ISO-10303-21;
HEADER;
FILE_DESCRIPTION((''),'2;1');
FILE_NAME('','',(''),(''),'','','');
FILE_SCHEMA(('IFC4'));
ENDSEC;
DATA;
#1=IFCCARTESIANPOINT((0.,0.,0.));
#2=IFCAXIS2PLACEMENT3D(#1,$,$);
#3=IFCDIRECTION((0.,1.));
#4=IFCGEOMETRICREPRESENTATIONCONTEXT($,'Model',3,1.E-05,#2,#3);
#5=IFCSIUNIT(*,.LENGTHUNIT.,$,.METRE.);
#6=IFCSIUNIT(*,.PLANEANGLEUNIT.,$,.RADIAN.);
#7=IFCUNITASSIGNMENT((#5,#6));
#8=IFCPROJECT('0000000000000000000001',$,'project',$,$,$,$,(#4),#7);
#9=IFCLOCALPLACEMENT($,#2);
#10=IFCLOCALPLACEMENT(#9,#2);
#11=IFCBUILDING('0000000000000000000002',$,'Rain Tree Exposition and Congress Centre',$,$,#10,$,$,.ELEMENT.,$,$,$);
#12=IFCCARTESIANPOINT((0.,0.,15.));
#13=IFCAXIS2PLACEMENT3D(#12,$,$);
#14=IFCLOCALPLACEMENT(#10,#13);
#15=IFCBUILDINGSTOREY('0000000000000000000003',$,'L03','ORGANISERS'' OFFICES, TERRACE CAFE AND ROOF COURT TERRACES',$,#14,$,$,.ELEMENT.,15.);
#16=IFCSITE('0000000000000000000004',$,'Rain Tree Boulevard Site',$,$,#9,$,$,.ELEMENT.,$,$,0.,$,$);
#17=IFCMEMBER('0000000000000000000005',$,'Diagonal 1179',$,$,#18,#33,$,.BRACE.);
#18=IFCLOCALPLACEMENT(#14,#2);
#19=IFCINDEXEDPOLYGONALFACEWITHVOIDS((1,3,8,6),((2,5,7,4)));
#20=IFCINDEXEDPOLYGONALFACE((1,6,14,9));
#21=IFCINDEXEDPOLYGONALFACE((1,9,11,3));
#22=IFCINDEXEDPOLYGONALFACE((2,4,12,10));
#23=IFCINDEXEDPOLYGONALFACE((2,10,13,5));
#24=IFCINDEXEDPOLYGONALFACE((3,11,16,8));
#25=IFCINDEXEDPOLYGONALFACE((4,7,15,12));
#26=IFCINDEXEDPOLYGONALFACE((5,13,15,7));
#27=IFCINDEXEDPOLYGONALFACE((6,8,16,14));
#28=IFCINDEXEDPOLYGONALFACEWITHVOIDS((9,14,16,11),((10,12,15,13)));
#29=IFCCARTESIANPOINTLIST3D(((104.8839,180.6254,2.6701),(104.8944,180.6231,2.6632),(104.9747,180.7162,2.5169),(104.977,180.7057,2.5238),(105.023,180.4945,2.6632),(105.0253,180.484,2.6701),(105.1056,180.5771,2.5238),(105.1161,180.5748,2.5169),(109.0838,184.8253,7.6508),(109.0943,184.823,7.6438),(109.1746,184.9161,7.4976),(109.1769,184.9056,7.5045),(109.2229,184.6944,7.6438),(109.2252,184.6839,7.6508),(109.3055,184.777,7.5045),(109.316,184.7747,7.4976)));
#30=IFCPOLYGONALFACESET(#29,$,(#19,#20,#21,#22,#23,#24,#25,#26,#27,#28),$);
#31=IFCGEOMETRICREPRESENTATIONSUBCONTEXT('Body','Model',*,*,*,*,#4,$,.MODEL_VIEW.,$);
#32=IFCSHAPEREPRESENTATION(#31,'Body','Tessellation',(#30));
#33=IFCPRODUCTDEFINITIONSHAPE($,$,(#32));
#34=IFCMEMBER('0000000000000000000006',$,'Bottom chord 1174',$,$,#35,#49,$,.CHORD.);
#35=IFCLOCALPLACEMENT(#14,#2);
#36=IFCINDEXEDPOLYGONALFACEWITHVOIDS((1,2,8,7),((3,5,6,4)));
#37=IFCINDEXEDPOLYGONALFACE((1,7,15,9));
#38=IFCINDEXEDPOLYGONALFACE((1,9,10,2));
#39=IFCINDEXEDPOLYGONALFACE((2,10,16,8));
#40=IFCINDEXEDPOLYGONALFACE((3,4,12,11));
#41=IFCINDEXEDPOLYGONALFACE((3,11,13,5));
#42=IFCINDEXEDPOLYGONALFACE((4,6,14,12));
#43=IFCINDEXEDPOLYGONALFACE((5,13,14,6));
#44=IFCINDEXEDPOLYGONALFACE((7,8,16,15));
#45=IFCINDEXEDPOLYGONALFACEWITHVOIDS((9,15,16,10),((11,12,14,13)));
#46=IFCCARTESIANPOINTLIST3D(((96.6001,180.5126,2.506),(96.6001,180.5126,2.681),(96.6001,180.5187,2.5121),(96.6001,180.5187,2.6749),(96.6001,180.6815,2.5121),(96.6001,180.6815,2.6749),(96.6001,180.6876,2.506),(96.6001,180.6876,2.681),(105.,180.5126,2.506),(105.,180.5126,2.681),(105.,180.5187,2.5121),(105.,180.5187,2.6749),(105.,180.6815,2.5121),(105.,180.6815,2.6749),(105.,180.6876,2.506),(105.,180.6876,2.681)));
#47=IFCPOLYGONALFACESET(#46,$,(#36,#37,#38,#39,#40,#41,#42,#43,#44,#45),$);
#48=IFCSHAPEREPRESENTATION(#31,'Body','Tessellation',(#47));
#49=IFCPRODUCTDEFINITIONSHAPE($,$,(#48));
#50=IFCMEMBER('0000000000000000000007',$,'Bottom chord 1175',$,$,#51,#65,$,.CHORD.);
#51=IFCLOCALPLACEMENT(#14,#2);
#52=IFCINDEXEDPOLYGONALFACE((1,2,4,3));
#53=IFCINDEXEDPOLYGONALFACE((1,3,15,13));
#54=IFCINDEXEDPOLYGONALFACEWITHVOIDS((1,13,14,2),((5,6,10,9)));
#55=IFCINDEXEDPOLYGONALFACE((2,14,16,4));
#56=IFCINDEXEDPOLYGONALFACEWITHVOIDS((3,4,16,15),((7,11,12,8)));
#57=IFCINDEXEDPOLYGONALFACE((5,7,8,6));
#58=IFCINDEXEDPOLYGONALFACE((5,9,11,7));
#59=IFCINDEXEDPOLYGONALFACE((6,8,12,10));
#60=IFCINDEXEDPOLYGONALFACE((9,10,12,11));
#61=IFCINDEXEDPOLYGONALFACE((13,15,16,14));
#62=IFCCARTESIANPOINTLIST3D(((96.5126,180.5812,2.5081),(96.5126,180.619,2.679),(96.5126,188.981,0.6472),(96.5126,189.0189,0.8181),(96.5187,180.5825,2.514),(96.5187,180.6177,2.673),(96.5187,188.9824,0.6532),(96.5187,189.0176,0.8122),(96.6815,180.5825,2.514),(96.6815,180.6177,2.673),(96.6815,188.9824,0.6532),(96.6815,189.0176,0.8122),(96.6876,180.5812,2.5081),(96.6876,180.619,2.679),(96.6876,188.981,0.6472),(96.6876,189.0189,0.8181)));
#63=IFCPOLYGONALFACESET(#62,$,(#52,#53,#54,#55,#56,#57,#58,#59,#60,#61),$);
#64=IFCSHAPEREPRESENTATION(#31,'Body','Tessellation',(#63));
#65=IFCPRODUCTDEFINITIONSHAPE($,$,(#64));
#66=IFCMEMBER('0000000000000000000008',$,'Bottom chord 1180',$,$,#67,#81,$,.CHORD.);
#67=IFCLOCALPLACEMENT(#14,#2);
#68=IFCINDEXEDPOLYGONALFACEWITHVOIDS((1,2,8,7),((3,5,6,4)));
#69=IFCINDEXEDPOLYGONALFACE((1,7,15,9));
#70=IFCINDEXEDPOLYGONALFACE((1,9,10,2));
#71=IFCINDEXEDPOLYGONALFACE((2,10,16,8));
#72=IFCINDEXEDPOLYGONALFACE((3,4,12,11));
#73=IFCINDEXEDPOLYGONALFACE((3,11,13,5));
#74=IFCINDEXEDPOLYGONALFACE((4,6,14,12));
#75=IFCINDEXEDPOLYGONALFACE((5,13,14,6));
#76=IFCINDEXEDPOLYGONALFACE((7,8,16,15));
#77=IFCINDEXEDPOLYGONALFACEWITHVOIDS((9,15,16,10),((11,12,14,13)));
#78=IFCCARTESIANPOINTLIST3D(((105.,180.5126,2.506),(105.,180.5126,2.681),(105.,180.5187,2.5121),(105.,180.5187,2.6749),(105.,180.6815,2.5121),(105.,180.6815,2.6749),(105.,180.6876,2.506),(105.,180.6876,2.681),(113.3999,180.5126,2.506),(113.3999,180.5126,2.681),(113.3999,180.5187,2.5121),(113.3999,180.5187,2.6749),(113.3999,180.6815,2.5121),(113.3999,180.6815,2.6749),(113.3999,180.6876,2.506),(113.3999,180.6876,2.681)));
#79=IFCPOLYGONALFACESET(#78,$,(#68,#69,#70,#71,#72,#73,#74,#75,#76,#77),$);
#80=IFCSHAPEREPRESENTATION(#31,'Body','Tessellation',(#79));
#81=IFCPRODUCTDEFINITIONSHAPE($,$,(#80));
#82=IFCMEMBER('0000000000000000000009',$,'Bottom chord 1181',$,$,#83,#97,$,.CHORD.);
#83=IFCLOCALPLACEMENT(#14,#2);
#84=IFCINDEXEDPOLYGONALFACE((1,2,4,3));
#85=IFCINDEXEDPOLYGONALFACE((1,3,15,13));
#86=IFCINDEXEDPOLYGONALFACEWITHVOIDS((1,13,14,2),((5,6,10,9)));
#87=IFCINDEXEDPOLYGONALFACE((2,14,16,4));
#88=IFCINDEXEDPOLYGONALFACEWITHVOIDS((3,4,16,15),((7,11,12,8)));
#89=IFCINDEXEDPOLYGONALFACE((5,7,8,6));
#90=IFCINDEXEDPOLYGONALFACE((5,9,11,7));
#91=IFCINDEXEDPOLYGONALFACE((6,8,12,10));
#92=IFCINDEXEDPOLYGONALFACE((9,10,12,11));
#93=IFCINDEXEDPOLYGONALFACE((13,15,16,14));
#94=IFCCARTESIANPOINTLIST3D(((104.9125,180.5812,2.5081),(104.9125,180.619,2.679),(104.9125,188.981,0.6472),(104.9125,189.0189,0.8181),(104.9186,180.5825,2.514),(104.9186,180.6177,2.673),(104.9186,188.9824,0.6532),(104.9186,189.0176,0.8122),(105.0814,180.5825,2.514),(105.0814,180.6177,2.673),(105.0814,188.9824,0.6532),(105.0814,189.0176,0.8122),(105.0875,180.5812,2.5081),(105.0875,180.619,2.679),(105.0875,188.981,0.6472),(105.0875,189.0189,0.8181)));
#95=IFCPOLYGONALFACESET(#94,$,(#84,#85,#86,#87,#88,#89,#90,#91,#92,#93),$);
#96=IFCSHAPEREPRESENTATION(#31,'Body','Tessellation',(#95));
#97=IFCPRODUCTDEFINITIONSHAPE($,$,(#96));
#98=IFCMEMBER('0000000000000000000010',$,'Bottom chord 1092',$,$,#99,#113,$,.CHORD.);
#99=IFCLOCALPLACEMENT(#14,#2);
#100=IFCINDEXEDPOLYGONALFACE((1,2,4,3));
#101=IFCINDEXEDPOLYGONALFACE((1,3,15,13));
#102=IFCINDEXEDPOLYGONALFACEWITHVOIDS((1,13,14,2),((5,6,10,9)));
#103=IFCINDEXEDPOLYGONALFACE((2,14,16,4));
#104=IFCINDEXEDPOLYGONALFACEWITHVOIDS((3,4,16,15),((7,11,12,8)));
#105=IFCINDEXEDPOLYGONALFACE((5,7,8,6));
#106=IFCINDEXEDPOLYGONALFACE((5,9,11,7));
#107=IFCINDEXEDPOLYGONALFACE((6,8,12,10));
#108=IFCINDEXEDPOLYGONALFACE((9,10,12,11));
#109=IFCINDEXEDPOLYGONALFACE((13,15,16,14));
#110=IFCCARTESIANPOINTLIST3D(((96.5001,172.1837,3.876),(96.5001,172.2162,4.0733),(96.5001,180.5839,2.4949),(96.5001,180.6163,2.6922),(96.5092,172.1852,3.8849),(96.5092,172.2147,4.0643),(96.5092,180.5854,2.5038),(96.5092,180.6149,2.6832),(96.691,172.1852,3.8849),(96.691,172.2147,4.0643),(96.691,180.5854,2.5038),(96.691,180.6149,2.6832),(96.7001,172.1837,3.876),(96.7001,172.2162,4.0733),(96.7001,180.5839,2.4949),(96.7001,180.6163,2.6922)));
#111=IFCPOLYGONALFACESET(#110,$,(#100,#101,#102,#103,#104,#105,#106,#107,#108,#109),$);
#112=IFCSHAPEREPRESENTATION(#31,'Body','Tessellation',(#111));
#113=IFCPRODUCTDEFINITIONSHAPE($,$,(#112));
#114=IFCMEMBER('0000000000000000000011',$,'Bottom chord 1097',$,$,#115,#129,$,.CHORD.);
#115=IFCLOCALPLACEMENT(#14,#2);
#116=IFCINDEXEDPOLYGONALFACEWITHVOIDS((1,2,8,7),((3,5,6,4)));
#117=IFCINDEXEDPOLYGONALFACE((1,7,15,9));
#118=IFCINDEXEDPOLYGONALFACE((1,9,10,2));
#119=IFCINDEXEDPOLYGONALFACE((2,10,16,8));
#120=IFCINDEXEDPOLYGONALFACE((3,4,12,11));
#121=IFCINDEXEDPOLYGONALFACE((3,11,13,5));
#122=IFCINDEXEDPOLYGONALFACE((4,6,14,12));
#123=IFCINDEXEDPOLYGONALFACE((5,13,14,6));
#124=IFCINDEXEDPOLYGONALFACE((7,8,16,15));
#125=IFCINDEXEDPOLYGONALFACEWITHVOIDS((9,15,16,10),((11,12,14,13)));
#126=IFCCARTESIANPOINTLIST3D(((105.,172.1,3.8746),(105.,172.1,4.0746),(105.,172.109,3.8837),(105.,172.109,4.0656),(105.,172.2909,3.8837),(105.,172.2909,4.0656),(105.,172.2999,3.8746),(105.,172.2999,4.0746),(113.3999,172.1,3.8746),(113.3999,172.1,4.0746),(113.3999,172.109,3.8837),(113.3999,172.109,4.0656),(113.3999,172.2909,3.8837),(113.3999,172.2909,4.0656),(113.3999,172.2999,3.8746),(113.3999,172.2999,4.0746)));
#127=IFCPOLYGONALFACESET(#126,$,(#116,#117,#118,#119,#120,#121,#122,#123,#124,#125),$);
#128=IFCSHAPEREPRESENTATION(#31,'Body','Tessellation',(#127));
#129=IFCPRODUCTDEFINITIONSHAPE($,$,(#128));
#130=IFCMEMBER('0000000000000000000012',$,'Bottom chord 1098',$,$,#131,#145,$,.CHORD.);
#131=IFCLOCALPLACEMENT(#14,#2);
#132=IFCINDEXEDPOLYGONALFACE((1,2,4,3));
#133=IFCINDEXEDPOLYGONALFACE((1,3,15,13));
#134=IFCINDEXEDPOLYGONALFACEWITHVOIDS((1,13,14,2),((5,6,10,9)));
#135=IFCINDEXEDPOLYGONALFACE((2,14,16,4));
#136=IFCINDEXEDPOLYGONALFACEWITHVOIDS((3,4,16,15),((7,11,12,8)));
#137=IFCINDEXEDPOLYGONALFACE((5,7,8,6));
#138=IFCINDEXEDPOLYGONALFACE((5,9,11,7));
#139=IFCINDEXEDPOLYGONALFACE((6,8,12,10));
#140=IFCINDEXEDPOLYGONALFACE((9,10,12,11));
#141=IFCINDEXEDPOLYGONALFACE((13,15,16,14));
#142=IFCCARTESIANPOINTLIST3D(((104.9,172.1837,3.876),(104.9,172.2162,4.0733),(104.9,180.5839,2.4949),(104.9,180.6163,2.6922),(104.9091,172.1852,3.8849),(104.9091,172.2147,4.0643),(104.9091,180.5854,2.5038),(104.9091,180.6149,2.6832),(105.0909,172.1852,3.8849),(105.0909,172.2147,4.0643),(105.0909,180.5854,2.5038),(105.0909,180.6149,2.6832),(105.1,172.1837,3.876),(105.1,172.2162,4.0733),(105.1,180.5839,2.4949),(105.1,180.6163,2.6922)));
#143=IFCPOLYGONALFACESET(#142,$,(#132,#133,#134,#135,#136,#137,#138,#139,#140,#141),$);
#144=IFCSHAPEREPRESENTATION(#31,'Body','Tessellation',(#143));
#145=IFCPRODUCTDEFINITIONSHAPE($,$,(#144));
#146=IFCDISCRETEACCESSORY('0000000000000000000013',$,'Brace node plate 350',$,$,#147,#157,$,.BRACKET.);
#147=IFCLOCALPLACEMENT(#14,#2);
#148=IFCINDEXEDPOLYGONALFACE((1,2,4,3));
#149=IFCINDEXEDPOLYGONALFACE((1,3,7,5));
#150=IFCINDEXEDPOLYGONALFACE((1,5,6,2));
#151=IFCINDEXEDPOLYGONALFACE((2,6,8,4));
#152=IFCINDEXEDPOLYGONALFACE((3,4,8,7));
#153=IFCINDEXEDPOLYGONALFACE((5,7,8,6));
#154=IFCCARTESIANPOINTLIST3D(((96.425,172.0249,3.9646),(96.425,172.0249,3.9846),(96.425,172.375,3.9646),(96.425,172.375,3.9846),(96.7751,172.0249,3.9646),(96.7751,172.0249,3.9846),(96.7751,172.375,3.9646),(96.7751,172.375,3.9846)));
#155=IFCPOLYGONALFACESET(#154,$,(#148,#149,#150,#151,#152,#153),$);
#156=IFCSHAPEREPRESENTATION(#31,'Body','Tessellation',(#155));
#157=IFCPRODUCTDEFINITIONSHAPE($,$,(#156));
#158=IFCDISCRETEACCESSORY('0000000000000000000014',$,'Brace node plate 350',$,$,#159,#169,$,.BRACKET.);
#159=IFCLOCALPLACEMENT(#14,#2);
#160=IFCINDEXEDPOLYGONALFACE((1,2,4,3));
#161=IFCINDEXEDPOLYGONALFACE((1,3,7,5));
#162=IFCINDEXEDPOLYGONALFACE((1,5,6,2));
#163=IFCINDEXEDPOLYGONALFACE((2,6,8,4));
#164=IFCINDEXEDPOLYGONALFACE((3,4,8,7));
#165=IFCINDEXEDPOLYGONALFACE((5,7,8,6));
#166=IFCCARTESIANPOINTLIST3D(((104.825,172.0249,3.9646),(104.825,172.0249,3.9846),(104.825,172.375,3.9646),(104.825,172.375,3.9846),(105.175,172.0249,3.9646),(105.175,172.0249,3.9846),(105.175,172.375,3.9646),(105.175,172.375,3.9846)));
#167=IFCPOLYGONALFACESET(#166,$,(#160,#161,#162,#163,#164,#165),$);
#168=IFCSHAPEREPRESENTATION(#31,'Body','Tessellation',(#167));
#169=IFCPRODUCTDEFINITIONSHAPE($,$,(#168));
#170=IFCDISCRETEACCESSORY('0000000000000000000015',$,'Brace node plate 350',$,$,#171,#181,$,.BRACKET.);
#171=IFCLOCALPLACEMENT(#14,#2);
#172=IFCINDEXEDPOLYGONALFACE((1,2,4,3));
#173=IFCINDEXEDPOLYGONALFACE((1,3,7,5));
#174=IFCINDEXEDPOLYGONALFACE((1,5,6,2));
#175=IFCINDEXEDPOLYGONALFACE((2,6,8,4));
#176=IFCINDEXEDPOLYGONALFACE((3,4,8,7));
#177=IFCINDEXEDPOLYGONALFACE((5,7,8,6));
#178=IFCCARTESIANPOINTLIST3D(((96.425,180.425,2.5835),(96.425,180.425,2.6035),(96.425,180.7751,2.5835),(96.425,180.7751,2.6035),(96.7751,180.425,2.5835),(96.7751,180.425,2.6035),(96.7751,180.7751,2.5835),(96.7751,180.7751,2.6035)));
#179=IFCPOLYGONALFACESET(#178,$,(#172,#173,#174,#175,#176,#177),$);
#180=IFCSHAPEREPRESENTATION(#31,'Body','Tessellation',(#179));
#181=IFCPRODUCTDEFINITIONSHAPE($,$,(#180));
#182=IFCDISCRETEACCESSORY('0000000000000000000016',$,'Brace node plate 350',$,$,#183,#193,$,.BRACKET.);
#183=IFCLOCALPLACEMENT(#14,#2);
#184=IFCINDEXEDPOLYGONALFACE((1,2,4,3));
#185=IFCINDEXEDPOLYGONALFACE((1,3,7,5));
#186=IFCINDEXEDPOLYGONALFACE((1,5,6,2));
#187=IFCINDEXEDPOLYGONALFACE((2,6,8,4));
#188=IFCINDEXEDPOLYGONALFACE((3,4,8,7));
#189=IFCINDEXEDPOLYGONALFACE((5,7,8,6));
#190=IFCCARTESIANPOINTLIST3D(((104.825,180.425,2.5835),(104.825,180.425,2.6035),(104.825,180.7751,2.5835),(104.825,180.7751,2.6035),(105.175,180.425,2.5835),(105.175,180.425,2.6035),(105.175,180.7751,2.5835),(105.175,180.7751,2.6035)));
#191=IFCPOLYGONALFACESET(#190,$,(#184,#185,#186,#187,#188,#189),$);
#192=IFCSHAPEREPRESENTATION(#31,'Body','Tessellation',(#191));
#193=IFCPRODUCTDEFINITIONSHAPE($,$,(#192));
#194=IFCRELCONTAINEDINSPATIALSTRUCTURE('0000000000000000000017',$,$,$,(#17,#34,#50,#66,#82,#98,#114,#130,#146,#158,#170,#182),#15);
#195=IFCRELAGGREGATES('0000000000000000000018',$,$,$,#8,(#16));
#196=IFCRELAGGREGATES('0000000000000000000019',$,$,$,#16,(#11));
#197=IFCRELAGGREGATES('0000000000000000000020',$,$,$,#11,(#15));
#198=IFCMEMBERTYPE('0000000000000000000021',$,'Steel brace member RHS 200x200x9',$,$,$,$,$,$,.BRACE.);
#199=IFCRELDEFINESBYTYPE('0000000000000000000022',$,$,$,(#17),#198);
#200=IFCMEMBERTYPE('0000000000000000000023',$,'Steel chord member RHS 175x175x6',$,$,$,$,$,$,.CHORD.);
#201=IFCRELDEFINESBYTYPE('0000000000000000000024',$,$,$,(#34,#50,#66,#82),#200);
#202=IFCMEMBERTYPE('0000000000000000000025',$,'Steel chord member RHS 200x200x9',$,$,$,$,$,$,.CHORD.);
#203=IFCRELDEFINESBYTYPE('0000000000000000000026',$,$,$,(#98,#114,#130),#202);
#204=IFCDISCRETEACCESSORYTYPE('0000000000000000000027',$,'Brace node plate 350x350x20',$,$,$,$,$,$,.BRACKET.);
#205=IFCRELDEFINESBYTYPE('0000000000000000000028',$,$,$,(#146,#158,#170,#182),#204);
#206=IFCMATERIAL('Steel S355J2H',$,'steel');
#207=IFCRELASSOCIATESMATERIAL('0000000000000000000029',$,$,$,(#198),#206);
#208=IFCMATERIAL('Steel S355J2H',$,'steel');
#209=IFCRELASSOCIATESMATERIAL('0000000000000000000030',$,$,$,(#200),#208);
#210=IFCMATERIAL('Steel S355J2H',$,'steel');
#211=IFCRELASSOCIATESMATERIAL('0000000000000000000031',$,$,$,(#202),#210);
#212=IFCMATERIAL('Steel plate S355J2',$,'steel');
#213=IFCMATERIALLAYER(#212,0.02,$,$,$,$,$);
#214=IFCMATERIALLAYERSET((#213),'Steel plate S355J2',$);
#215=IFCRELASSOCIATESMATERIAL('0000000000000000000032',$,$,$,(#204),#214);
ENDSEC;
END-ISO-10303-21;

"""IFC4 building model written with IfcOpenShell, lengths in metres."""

from ifc_helpers import new_model, si_unit, direction, frame, origin, origin_2d, place, context, subcontext, project, spatial, rectangle, hollow_rectangle, extrude, material, layer, layer_set, material_profile, profile_set, type_object, element, save


model = new_model("IFC4")

# Units and contexts
model_context = context("Model", 3, precision=1e-05, world=origin(), true_north=direction((0.0, 1.0)))
body_context = subcontext(model_context, "Body", "Model", "MODEL_VIEW")
ifc_project = project(units=[si_unit("LENGTHUNIT", "METRE"), si_unit("PLANEANGLEUNIT", "RADIAN")], contexts=[model_context])

# Site, building, storey
site_placement = place(None, origin())
site = spatial("IfcSite", under=ifc_project, at=site_placement, Name="Rain Tree Boulevard Site", CompositionType="ELEMENT", RefElevation=0.0)
building_placement = place(site_placement, origin())
building = spatial("IfcBuilding", under=site, at=building_placement, Name="Rain Tree Exposition and Congress Centre", CompositionType="ELEMENT")
storey_placement = place(building_placement, frame((0.0, 0.0, 15.0)))
storey = spatial("IfcBuildingStorey", under=building, at=storey_placement, Name="L03", Description="ORGANISERS' OFFICES, TERRACE CAFE AND ROOF COURT TERRACES", CompositionType="ELEMENT", Elevation=15.0)

# Members
ifc_material_1 = material(Name="Steel S355J2H", Category="steel")
ifc_material_profile_1 = material_profile(ifc_material_1, hollow_rectangle(XDim=0.2, YDim=0.2, WallThickness=0.009, at=origin_2d()), Name="RHS 200x200x9")
ifc_profile_set_1 = profile_set([ifc_material_profile_1], Name="Steel S355J2H")
member_type_1 = type_object("IfcMemberType", Name="Steel brace member RHS 200x200x9", PredefinedType="BRACE", material=ifc_profile_set_1)
for number, where, z_axis, x_axis, name in (
    (1, (105.0, 180.6001, 2.5935), (0.54182, 0.54182, 0.642543), (-0.707107, 0.707107, 0.0), "Diagonal 1179"),
):
    element("IfcMember", number, at=place(storey_placement, frame(where, z_axis=z_axis, x_axis=x_axis)), inside=storey, type_object=member_type_1, Name=name, PredefinedType="BRACE", context=body_context, shape_type="SweptSolid", body=[
        extrude(hollow_rectangle(XDim=0.2, YDim=0.2, WallThickness=0.009, at=origin_2d()), origin(), (0.0, 0.0, 1.0), 7.7515),
    ])
ifc_material_2 = material(Name="Steel S355J2H", Category="steel")
ifc_material_profile_2 = material_profile(ifc_material_2, hollow_rectangle(XDim=0.175, YDim=0.175, WallThickness=0.0061, at=origin_2d()), Name="RHS 175x175x6")
ifc_profile_set_2 = profile_set([ifc_material_profile_2], Name="Steel S355J2H")
member_type_2 = type_object("IfcMemberType", Name="Steel chord member RHS 175x175x6", PredefinedType="CHORD", material=ifc_profile_set_2)
member_1_placement = place(storey_placement, frame((96.6001, 180.6001, 2.5935), z_axis=(1.0, 0.0, 0.0), x_axis=(0.0, 1.0, 0.0)))
element("IfcMember", 2, at=member_1_placement, inside=storey, type_object=member_type_2, Name="Bottom chord 1174", PredefinedType="CHORD", context=body_context, shape_type="SweptSolid", body=[
    extrude(hollow_rectangle(XDim=0.175, YDim=0.175, WallThickness=0.0061, at=origin_2d()), origin(), (0.0, 0.0, 1.0), 8.3999),
])
member_2_placement = place(storey_placement, frame((96.6001, 180.6001, 2.5935), z_axis=(0.0, 0.97633, -0.216287), x_axis=(-1.0, 0.0, 0.0)))
element("IfcMember", 3, at=member_2_placement, inside=storey, type_object=member_type_2, Name="Bottom chord 1175", PredefinedType="CHORD", context=body_context, shape_type="SweptSolid", body=[
    extrude(hollow_rectangle(XDim=0.175, YDim=0.175, WallThickness=0.0061, at=origin_2d()), origin(), (0.0, 0.0, 1.0), 8.6035),
])
member_3_placement = place(storey_placement, frame((105.0, 180.6001, 2.5935), z_axis=(1.0, 0.0, 0.0), x_axis=(0.0, 1.0, 0.0)))
element("IfcMember", 4, at=member_3_placement, inside=storey, type_object=member_type_2, Name="Bottom chord 1180", PredefinedType="CHORD", context=body_context, shape_type="SweptSolid", body=[
    extrude(hollow_rectangle(XDim=0.175, YDim=0.175, WallThickness=0.0061, at=origin_2d()), origin(), (0.0, 0.0, 1.0), 8.3999),
])
member_4_placement = place(storey_placement, frame((105.0, 180.6001, 2.5935), z_axis=(0.0, 0.97633, -0.216287), x_axis=(-1.0, 0.0, 0.0)))
element("IfcMember", 5, at=member_4_placement, inside=storey, type_object=member_type_2, Name="Bottom chord 1181", PredefinedType="CHORD", context=body_context, shape_type="SweptSolid", body=[
    extrude(hollow_rectangle(XDim=0.175, YDim=0.175, WallThickness=0.0061, at=origin_2d()), origin(), (0.0, 0.0, 1.0), 8.6035),
])
ifc_material_3 = material(Name="Steel S355J2H", Category="steel")
ifc_material_profile_3 = material_profile(ifc_material_3, hollow_rectangle(XDim=0.2, YDim=0.2, WallThickness=0.009, at=origin_2d()), Name="RHS 200x200x9")
ifc_profile_set_3 = profile_set([ifc_material_profile_3], Name="Steel S355J2H")
member_type_3 = type_object("IfcMemberType", Name="Steel chord member RHS 200x200x9", PredefinedType="CHORD", material=ifc_profile_set_3)
member_5_placement = place(storey_placement, frame((96.6001, 172.2, 3.9746), z_axis=(0.0, 0.986752, -0.162236), x_axis=(-1.0, 0.0, 0.0)))
element("IfcMember", 6, at=member_5_placement, inside=storey, type_object=member_type_3, Name="Bottom chord 1092", PredefinedType="CHORD", context=body_context, shape_type="SweptSolid", body=[
    extrude(hollow_rectangle(XDim=0.2, YDim=0.2, WallThickness=0.009, at=origin_2d()), origin(), (0.0, 0.0, 1.0), 8.5129),
])
member_6_placement = place(storey_placement, frame((105.0, 172.2, 3.9746), z_axis=(1.0, 0.0, 0.0), x_axis=(0.0, 1.0, 0.0)))
element("IfcMember", 7, at=member_6_placement, inside=storey, type_object=member_type_3, Name="Bottom chord 1097", PredefinedType="CHORD", context=body_context, shape_type="SweptSolid", body=[
    extrude(hollow_rectangle(XDim=0.2, YDim=0.2, WallThickness=0.009, at=origin_2d()), origin(), (0.0, 0.0, 1.0), 8.3999),
])
member_7_placement = place(storey_placement, frame((105.0, 172.2, 3.9746), z_axis=(0.0, 0.986752, -0.162236), x_axis=(-1.0, 0.0, 0.0)))
element("IfcMember", 8, at=member_7_placement, inside=storey, type_object=member_type_3, Name="Bottom chord 1098", PredefinedType="CHORD", context=body_context, shape_type="SweptSolid", body=[
    extrude(hollow_rectangle(XDim=0.2, YDim=0.2, WallThickness=0.009, at=origin_2d()), origin(), (0.0, 0.0, 1.0), 8.5129),
])

# Discrete accessories
ifc_material_4 = material(Name="Steel plate S355J2", Category="steel")
ifc_layer_1 = layer(ifc_material_4, 0.02)
ifc_layer_set_1 = layer_set([ifc_layer_1], Name="Steel plate S355J2")
discrete_accessory_type_1 = type_object("IfcDiscreteAccessoryType", Name="Brace node plate 350x350x20", PredefinedType="BRACKET", material=ifc_layer_set_1)
for number, where, z_axis, x_axis, name in (
    (9, (96.6001, 172.2, 3.9646), (0.0, 0.0, 1.0), (1.0, 0.0, 0.0), "Brace node plate 350"),
    (10, (105.0, 172.2, 3.9646), (0.0, 0.0, 1.0), (1.0, 0.0, 0.0), "Brace node plate 350"),
    (11, (96.6001, 180.6001, 2.5835), (0.0, 0.0, 1.0), (1.0, 0.0, 0.0), "Brace node plate 350"),
    (12, (105.0, 180.6001, 2.5835), (0.0, 0.0, 1.0), (1.0, 0.0, 0.0), "Brace node plate 350"),
):
    element("IfcDiscreteAccessory", number, at=place(storey_placement, frame(where, z_axis=z_axis, x_axis=x_axis)), inside=storey, type_object=discrete_accessory_type_1, Name=name, PredefinedType="BRACKET", context=body_context, shape_type="SweptSolid", body=[
        extrude(rectangle(XDim=0.3501, YDim=0.3501, at=origin_2d()), origin(), (0.0, 0.0, 1.0), 0.02),
    ])

save(model, "model.ifc")
